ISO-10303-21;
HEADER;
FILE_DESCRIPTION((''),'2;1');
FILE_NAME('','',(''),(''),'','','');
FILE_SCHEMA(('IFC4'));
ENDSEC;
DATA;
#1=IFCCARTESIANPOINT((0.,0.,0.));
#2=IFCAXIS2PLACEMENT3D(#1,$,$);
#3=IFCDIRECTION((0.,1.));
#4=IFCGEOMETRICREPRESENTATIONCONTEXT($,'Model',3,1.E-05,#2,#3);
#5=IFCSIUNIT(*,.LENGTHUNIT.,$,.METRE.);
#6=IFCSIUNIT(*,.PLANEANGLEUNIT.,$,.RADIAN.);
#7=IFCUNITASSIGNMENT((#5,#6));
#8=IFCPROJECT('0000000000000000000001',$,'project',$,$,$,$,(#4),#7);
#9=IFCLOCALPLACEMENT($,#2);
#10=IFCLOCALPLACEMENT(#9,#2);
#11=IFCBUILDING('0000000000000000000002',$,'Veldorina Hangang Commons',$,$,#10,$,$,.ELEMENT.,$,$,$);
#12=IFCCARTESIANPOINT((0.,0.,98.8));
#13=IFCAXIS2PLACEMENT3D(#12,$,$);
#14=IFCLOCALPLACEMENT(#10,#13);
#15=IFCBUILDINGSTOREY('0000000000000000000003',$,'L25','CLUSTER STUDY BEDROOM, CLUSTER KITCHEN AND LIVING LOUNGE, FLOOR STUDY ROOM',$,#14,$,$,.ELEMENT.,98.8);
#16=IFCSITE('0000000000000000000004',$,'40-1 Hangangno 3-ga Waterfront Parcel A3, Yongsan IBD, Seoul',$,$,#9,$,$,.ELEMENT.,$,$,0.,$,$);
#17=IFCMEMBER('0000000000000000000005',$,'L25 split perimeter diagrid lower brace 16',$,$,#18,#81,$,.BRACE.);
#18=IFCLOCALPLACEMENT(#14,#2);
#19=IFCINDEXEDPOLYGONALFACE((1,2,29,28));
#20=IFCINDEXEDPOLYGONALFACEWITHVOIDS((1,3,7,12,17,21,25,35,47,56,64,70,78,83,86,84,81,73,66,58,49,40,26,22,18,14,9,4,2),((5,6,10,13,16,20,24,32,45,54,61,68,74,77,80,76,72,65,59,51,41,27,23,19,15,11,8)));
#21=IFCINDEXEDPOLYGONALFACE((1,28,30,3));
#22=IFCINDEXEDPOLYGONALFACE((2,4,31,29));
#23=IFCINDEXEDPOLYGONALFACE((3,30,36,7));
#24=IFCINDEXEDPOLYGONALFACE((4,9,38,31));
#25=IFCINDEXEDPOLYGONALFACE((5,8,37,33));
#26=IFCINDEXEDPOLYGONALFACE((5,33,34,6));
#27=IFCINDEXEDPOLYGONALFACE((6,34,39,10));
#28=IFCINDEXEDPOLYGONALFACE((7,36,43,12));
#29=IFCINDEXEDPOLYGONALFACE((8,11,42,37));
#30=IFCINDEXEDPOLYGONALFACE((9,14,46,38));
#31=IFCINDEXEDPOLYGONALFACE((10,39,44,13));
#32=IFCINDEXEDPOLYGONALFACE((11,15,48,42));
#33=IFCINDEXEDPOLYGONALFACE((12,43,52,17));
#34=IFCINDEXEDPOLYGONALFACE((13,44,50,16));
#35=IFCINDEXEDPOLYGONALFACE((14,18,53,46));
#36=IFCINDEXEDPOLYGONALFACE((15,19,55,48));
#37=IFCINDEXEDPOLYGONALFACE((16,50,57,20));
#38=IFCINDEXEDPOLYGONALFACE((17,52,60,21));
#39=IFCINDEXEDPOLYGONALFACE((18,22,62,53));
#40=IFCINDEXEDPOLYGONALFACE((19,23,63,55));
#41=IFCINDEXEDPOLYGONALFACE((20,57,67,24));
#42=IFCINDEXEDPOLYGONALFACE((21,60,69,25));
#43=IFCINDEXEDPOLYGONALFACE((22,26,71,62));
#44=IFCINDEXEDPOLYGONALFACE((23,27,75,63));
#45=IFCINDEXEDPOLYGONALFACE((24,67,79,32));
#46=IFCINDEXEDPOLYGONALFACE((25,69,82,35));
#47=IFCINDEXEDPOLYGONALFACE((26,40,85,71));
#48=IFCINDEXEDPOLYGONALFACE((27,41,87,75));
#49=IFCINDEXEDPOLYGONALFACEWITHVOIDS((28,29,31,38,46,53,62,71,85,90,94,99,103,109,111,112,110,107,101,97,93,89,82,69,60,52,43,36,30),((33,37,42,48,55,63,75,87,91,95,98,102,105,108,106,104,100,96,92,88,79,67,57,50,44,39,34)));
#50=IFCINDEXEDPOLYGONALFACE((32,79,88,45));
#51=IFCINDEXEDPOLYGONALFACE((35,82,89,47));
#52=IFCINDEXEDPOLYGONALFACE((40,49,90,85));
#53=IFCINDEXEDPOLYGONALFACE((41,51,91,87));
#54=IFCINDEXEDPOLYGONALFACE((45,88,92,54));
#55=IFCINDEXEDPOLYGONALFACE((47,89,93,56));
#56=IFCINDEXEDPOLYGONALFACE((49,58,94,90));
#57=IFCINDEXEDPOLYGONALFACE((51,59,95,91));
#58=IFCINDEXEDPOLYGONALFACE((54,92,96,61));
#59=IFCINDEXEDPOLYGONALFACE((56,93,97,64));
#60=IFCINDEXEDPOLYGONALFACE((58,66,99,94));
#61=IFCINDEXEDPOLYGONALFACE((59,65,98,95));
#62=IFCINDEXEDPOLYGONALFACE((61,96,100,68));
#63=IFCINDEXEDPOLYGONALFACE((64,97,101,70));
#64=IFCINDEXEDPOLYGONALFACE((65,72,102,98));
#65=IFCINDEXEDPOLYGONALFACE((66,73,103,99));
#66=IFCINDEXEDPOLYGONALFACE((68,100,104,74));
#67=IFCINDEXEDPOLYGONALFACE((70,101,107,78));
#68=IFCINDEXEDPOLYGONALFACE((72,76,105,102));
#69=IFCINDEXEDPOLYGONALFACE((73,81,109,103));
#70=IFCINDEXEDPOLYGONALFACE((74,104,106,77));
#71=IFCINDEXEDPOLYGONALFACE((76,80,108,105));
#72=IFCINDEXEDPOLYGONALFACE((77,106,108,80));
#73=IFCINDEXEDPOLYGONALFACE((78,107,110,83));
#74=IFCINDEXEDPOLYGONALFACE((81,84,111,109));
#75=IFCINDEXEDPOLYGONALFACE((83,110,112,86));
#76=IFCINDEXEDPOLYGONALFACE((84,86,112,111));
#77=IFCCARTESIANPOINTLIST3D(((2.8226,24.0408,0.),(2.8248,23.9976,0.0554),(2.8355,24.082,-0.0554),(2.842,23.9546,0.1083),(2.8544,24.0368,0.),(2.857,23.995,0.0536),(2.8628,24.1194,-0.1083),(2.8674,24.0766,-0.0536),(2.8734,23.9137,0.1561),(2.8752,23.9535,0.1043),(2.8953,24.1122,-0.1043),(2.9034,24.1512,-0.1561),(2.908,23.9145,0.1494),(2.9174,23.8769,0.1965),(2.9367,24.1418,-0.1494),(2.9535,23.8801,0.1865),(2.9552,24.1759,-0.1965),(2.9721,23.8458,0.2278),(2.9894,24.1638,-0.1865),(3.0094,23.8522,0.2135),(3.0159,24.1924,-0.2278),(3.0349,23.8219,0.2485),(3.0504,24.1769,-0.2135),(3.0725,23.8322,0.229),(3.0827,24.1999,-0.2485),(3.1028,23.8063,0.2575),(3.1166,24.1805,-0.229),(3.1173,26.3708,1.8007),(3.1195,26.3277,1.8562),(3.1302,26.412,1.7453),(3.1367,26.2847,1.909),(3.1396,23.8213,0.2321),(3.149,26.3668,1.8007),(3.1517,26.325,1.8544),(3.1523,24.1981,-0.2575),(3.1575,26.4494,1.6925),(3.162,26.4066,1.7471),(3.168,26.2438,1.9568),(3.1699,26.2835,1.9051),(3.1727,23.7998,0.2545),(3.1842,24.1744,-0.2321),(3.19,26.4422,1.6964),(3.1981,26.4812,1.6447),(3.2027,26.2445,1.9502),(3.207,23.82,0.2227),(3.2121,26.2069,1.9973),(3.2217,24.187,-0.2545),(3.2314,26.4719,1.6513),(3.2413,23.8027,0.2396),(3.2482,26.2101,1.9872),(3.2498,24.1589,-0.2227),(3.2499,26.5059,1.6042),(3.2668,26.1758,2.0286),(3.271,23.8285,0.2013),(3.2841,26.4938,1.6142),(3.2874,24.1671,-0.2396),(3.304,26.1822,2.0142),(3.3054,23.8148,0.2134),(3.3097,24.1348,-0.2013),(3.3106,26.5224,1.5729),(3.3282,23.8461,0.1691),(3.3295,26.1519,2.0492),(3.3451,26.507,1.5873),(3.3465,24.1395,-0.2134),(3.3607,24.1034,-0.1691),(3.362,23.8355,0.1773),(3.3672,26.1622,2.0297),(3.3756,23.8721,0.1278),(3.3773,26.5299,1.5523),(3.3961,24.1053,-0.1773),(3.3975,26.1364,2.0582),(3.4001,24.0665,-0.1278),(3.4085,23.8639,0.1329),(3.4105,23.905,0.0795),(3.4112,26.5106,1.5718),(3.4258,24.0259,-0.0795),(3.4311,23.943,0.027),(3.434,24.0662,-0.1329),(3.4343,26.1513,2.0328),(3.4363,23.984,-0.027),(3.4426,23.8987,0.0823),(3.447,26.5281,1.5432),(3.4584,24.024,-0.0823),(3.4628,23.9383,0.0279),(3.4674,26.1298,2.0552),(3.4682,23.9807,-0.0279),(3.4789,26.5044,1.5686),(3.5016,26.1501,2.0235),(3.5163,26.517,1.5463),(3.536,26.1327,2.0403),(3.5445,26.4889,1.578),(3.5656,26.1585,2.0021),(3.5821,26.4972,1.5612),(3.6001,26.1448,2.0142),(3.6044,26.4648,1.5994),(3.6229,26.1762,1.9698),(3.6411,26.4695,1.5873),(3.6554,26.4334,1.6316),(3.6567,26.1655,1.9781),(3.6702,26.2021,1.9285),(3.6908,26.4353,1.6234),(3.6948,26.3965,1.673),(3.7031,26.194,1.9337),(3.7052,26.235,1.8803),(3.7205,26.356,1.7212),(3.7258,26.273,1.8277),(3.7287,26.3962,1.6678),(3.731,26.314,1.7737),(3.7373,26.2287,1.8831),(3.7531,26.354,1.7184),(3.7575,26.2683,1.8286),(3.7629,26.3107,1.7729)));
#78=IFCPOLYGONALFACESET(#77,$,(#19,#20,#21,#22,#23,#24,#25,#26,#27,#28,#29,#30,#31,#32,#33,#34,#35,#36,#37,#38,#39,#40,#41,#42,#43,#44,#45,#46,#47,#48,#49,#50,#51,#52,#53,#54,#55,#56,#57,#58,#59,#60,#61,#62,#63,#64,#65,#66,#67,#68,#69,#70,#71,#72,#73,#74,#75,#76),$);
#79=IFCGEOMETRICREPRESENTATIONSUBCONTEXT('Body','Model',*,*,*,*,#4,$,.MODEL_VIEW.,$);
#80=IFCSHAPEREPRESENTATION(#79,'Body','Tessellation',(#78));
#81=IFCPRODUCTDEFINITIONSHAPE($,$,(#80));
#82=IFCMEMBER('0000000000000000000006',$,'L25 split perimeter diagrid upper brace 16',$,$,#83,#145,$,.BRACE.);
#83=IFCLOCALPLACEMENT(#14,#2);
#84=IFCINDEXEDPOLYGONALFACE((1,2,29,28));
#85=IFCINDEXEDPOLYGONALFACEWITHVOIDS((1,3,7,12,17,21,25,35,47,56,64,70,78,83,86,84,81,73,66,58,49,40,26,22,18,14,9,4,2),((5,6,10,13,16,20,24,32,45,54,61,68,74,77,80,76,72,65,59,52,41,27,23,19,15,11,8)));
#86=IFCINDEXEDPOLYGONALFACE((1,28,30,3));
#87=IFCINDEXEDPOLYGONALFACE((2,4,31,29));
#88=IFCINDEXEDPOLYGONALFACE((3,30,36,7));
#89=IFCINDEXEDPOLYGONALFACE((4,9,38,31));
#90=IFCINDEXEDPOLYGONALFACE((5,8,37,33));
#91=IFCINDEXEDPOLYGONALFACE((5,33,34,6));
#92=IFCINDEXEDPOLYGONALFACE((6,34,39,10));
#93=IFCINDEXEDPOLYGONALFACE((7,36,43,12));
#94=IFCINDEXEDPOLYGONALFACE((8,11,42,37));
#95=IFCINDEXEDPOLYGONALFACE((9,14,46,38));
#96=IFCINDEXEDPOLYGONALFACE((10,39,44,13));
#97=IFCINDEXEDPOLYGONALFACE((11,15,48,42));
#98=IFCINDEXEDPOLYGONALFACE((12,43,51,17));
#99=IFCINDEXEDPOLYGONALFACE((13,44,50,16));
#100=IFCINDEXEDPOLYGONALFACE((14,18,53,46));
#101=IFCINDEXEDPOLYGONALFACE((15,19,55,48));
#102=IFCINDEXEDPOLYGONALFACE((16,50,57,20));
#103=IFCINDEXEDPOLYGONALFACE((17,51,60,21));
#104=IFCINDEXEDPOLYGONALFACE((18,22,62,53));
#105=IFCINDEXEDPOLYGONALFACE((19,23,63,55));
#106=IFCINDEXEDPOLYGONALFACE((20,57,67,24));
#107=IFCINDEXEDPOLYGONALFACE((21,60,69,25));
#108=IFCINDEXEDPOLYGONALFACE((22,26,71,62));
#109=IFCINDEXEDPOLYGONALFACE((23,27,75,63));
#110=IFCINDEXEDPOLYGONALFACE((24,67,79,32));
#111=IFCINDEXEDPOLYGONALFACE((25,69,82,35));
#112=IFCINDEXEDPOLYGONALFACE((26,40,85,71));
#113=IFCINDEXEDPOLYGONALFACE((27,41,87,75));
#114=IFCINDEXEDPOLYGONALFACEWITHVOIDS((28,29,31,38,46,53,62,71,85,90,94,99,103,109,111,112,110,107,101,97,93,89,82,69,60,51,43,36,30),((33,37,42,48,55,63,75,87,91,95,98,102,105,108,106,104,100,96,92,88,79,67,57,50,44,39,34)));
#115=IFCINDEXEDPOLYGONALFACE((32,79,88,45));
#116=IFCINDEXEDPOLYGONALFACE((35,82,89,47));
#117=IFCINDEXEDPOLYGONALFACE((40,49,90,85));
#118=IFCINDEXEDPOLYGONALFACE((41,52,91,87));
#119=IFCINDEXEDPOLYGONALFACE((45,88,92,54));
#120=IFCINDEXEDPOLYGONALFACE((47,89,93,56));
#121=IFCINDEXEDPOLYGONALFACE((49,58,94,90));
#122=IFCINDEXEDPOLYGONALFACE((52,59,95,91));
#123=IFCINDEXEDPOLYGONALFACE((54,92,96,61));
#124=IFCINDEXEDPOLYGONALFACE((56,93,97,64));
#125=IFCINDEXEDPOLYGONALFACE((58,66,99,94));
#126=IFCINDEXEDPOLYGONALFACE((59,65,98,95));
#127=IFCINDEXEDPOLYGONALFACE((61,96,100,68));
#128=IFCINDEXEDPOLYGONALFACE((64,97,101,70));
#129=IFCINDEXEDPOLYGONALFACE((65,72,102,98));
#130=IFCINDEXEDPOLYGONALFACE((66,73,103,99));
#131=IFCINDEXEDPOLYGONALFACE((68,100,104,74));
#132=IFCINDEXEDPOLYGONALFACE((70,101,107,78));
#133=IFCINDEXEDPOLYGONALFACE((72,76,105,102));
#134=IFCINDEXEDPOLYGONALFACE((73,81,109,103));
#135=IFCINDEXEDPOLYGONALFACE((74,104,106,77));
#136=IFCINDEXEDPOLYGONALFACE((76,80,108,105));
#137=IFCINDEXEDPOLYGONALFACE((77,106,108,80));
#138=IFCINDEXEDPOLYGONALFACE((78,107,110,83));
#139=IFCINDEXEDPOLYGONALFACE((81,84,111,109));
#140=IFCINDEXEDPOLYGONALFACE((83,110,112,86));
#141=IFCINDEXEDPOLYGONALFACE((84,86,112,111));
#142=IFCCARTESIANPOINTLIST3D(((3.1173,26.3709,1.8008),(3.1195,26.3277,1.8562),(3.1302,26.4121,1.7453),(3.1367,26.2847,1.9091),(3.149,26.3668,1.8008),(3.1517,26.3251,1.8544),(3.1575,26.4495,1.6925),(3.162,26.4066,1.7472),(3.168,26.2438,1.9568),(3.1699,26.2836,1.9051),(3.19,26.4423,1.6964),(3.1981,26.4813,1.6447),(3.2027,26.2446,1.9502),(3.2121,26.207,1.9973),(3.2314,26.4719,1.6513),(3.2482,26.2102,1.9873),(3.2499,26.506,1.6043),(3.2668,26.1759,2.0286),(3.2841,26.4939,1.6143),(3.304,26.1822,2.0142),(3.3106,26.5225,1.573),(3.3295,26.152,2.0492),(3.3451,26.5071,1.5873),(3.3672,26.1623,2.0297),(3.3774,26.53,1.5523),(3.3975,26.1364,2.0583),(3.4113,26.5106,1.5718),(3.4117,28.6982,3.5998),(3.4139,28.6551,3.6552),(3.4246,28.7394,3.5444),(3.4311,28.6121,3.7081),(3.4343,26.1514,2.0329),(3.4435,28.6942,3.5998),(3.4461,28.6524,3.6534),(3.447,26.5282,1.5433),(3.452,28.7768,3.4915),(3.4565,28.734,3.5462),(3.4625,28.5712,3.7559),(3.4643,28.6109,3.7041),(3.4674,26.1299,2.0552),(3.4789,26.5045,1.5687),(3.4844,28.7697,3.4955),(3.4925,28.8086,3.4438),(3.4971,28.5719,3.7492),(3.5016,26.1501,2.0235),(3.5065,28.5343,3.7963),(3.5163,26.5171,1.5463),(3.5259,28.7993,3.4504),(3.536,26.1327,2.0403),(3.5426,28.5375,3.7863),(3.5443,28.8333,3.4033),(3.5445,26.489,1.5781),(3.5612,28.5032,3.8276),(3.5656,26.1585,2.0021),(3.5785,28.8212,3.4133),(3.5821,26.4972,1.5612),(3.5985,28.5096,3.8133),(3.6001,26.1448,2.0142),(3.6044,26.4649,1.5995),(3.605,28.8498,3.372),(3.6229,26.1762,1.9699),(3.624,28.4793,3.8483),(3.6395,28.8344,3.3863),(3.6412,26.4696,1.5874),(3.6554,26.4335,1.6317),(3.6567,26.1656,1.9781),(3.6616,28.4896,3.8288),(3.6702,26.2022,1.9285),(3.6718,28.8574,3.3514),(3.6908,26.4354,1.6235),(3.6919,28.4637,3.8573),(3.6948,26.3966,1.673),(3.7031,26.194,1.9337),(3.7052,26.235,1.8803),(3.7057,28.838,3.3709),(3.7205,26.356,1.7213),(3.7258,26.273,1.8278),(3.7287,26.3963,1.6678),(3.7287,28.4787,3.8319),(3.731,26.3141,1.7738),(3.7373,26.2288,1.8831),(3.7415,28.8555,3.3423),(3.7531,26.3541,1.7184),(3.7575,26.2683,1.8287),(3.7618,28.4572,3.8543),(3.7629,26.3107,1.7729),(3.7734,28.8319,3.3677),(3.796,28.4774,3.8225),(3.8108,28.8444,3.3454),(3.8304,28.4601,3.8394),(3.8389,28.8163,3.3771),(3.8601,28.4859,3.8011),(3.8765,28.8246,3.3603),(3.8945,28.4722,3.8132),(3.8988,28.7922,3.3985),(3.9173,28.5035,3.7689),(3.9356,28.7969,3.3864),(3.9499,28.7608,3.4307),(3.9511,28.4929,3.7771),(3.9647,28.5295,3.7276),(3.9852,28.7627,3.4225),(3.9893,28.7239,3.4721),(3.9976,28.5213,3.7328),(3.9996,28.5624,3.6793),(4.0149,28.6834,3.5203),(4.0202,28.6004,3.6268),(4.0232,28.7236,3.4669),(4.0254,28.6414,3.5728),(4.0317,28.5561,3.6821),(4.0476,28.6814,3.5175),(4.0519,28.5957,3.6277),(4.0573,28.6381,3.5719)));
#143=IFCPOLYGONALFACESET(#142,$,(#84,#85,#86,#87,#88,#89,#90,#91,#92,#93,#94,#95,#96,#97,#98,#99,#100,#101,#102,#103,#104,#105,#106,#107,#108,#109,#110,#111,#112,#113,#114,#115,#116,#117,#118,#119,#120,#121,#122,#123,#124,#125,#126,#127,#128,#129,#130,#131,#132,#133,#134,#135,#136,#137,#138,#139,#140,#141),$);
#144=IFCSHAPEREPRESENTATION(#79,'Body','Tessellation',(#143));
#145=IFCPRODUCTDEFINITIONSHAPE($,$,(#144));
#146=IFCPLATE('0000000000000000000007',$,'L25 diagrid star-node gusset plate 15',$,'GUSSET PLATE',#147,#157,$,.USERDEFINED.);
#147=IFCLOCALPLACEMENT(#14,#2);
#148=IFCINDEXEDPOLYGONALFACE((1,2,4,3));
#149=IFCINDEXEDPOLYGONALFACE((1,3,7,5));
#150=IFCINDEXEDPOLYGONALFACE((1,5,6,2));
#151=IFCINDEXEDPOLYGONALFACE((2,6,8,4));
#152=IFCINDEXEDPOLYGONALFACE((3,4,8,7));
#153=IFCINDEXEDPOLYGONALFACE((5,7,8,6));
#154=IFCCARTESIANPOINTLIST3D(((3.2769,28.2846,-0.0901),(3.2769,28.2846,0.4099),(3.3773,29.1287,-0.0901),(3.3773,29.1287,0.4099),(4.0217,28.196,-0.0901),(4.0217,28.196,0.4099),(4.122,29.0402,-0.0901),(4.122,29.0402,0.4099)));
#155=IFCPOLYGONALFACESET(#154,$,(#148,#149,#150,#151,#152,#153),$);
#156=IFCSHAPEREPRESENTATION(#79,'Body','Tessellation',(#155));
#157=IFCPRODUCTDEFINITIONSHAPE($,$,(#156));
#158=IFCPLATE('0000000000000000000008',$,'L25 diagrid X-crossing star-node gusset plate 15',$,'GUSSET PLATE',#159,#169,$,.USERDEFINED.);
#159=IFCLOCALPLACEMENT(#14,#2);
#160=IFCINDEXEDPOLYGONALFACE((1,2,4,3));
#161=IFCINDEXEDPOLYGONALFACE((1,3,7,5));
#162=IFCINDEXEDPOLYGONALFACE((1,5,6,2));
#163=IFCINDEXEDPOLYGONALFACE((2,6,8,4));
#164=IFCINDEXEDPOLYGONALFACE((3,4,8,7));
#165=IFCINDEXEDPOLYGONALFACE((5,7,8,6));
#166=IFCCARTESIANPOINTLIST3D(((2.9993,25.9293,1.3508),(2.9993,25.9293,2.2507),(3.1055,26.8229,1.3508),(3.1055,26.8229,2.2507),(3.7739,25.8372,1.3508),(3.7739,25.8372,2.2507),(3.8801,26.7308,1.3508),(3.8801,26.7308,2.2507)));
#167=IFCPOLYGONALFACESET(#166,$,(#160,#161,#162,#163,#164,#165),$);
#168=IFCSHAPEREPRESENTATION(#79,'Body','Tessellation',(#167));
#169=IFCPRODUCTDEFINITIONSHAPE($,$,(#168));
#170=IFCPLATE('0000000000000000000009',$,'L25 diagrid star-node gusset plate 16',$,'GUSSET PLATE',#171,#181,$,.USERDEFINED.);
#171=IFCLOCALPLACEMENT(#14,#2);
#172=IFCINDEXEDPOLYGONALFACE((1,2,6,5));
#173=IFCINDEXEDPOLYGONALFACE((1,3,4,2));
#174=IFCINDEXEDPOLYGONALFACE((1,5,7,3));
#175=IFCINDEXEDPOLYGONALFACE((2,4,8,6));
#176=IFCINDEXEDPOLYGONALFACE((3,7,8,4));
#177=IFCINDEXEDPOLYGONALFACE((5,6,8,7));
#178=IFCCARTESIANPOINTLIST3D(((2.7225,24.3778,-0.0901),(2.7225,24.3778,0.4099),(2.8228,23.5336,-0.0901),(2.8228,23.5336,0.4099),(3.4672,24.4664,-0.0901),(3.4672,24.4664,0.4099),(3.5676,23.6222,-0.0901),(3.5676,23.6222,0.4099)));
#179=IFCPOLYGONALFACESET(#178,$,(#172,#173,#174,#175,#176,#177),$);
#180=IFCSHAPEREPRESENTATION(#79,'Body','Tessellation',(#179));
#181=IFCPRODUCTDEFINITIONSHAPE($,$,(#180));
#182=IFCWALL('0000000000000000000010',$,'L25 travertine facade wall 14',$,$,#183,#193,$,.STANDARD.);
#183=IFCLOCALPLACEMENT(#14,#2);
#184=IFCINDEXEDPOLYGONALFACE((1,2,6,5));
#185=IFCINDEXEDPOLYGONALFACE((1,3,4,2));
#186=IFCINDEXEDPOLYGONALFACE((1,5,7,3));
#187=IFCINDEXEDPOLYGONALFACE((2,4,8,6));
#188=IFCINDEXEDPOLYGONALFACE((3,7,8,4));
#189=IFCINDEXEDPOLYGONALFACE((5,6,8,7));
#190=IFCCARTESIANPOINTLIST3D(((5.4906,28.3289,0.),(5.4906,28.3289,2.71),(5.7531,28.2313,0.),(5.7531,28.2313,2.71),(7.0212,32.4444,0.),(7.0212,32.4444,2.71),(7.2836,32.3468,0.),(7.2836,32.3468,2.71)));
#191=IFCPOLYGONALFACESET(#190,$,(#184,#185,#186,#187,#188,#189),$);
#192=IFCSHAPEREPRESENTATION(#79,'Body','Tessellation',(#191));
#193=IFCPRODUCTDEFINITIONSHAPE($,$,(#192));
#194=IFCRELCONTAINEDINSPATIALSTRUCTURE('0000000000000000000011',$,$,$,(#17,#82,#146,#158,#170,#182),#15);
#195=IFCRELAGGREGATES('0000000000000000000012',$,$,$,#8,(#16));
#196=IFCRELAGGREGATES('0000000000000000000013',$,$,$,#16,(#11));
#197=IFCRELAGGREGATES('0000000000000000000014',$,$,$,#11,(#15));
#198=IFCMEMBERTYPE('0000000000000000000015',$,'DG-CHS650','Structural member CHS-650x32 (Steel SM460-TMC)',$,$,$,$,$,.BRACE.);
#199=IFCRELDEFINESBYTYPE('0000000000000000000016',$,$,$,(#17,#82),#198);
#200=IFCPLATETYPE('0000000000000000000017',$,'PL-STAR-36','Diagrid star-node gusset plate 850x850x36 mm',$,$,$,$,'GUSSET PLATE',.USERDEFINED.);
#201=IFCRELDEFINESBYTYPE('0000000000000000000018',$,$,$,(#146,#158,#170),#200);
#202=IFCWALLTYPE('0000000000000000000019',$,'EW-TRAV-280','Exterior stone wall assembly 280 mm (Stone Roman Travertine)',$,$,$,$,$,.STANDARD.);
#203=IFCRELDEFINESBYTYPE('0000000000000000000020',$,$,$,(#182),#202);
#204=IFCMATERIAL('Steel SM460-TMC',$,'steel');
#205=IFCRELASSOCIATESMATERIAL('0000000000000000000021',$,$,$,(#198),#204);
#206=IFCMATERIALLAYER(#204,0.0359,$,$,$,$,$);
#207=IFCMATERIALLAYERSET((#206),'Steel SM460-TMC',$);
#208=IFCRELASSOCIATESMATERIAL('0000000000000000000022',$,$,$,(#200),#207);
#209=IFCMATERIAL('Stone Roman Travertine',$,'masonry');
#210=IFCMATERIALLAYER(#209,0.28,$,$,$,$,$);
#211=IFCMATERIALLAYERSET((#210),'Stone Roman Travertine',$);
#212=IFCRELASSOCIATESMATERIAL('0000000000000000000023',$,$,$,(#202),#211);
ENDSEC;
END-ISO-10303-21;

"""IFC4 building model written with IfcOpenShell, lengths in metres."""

from ifc_helpers import new_model, si_unit, direction, frame, frame_2d, origin, origin_2d, place, context, subcontext, project, spatial, rectangle, hollow_circle, extrude, material, layer, layer_set, material_profile, profile_set, type_object, element, save


model = new_model("IFC4")

# Units and contexts
model_context = context("Model", 3, precision=1e-05, world=origin(), true_north=direction((0.0, 1.0)))
body_context = subcontext(model_context, "Body", "Model", "MODEL_VIEW")
ifc_project = project(units=[si_unit("LENGTHUNIT", "METRE"), si_unit("PLANEANGLEUNIT", "RADIAN")], contexts=[model_context])

# Site, building, storey
site_placement = place(None, origin())
site = spatial("IfcSite", under=ifc_project, at=site_placement, Name="40-1 Hangangno 3-ga Waterfront Parcel A3, Yongsan IBD, Seoul", CompositionType="ELEMENT", RefElevation=0.0)
building_placement = place(site_placement, origin())
building = spatial("IfcBuilding", under=site, at=building_placement, Name="Veldorina Hangang Commons", CompositionType="ELEMENT")
storey_placement = place(building_placement, frame((0.0, 0.0, 98.8)))
storey = spatial("IfcBuildingStorey", under=building, at=storey_placement, Name="L25", Description="CLUSTER STUDY BEDROOM, CLUSTER KITCHEN AND LIVING LOUNGE, FLOOR STUDY ROOM", CompositionType="ELEMENT", Elevation=98.8)

# Members
ifc_material_1 = material(Name="Steel SM460-TMC", Category="steel")
ifc_material_profile_1 = material_profile(ifc_material_1, hollow_circle(Radius=0.325, WallThickness=0.032, at=origin_2d()), Name="CHS-650x32")
ifc_profile_set_1 = profile_set([ifc_material_profile_1], Name="Steel SM460-TMC")
member_type = type_object("IfcMemberType", Name="DG-CHS650", Description="Structural member CHS-650x32 (Steel SM460-TMC)", PredefinedType="BRACE", material=ifc_profile_set_1)
member_1_placement = place(storey_placement, frame((3.145, 24.0, 0.0), z_axis=(0.099569, 0.787309, 0.608465), x_axis=(-0.992098, 0.125468, 0.0)))
element("IfcMember", 1, at=member_1_placement, inside=storey, type_object=member_type, Name="L25 split perimeter diagrid lower brace 16", PredefinedType="BRACE", context=body_context, shape_type="SweptSolid", body=[
    extrude(hollow_circle(Radius=0.325, WallThickness=0.032, at=origin_2d()), origin(), (0.0, 0.0, 1.0), 2.9595),
])
member_2_placement = place(storey_placement, frame((3.4397, 26.3301, 1.8008), z_axis=(0.099593, 0.787247, 0.608541), x_axis=(-0.992093, 0.125508, 0.0)))
element("IfcMember", 2, at=member_2_placement, inside=storey, type_object=member_type, Name="L25 split perimeter diagrid upper brace 16", PredefinedType="BRACE", context=body_context, shape_type="SweptSolid", body=[
    extrude(hollow_circle(Radius=0.325, WallThickness=0.032, at=origin_2d()), origin(), (0.0, 0.0, 1.0), 2.9563),
])

# Plates
ifc_layer_1 = layer(ifc_material_1, 0.0359)
ifc_layer_set_1 = layer_set([ifc_layer_1], Name="Steel SM460-TMC")
plate_type = type_object("IfcPlateType", Name="PL-STAR-36", Description="Diagrid star-node gusset plate 850x850x36 mm", ElementType="GUSSET PLATE", PredefinedType="USERDEFINED", material=ifc_layer_set_1)
plate_1_placement = place(storey_placement, frame((3.6995, 28.6624, -0.0901), z_axis=(0.0, 0.0, 1.0), x_axis=(-0.118075, -0.993005, 0.0)))
element("IfcPlate", 3, at=plate_1_placement, inside=storey, type_object=plate_type, Name="L25 diagrid star-node gusset plate 15", ObjectType="GUSSET PLATE", PredefinedType="USERDEFINED", context=body_context, shape_type="SweptSolid", body=[
    extrude(rectangle(XDim=0.8501, YDim=0.75, at=origin_2d()), origin(), (0.0, 0.0, 1.0), 0.5),
])
plate_2_placement = place(storey_placement, frame((3.4397, 26.3301, 1.3508), z_axis=(0.0, 0.0, 1.0), x_axis=(-0.118075, -0.993005, 0.0)))
element("IfcPlate", 4, at=plate_2_placement, inside=storey, type_object=plate_type, Name="L25 diagrid X-crossing star-node gusset plate 15", ObjectType="GUSSET PLATE", PredefinedType="USERDEFINED", context=body_context, shape_type="SweptSolid", body=[
    extrude(rectangle(XDim=0.8999, YDim=0.78, at=origin_2d()), origin(), (0.0, 0.0, 1.0), 0.8999),
])
plate_3_placement = place(storey_placement, frame((3.145, 24.0, -0.0901), z_axis=(0.0, 0.0, 1.0), x_axis=(0.118075, -0.993005, 0.0)))
element("IfcPlate", 5, at=plate_3_placement, inside=storey, type_object=plate_type, Name="L25 diagrid star-node gusset plate 16", ObjectType="GUSSET PLATE", PredefinedType="USERDEFINED", context=body_context, shape_type="SweptSolid", body=[
    extrude(rectangle(XDim=0.8501, YDim=0.75, at=origin_2d()), origin(), (0.0, 0.0, 1.0), 0.5),
])

# Wall
ifc_material_2 = material(Name="Stone Roman Travertine", Category="masonry")
ifc_layer_2 = layer(ifc_material_2, 0.28)
ifc_layer_set_2 = layer_set([ifc_layer_2], Name="Stone Roman Travertine")
wall_type_1 = type_object("IfcWallType", Name="EW-TRAV-280", Description="Exterior stone wall assembly 280 mm (Stone Roman Travertine)", PredefinedType="STANDARD", material=ifc_layer_set_2)
wall_1_placement = place(storey_placement, frame((7.1523, 32.3955, 0.0), z_axis=(0.0, 0.0, 1.0), x_axis=(-0.348569, -0.937283, 0.0)))
element("IfcWall", 6, at=wall_1_placement, inside=storey, type_object=wall_type_1, Name="L25 travertine facade wall 14", PredefinedType="STANDARD", context=body_context, shape_type="SweptSolid", body=[
    extrude(rectangle(XDim=4.3909, YDim=0.28, at=frame_2d((2.1953, 0.0))), origin(), (0.0, 0.0, 1.0), 2.71),
])

save(model, "model.ifc")
